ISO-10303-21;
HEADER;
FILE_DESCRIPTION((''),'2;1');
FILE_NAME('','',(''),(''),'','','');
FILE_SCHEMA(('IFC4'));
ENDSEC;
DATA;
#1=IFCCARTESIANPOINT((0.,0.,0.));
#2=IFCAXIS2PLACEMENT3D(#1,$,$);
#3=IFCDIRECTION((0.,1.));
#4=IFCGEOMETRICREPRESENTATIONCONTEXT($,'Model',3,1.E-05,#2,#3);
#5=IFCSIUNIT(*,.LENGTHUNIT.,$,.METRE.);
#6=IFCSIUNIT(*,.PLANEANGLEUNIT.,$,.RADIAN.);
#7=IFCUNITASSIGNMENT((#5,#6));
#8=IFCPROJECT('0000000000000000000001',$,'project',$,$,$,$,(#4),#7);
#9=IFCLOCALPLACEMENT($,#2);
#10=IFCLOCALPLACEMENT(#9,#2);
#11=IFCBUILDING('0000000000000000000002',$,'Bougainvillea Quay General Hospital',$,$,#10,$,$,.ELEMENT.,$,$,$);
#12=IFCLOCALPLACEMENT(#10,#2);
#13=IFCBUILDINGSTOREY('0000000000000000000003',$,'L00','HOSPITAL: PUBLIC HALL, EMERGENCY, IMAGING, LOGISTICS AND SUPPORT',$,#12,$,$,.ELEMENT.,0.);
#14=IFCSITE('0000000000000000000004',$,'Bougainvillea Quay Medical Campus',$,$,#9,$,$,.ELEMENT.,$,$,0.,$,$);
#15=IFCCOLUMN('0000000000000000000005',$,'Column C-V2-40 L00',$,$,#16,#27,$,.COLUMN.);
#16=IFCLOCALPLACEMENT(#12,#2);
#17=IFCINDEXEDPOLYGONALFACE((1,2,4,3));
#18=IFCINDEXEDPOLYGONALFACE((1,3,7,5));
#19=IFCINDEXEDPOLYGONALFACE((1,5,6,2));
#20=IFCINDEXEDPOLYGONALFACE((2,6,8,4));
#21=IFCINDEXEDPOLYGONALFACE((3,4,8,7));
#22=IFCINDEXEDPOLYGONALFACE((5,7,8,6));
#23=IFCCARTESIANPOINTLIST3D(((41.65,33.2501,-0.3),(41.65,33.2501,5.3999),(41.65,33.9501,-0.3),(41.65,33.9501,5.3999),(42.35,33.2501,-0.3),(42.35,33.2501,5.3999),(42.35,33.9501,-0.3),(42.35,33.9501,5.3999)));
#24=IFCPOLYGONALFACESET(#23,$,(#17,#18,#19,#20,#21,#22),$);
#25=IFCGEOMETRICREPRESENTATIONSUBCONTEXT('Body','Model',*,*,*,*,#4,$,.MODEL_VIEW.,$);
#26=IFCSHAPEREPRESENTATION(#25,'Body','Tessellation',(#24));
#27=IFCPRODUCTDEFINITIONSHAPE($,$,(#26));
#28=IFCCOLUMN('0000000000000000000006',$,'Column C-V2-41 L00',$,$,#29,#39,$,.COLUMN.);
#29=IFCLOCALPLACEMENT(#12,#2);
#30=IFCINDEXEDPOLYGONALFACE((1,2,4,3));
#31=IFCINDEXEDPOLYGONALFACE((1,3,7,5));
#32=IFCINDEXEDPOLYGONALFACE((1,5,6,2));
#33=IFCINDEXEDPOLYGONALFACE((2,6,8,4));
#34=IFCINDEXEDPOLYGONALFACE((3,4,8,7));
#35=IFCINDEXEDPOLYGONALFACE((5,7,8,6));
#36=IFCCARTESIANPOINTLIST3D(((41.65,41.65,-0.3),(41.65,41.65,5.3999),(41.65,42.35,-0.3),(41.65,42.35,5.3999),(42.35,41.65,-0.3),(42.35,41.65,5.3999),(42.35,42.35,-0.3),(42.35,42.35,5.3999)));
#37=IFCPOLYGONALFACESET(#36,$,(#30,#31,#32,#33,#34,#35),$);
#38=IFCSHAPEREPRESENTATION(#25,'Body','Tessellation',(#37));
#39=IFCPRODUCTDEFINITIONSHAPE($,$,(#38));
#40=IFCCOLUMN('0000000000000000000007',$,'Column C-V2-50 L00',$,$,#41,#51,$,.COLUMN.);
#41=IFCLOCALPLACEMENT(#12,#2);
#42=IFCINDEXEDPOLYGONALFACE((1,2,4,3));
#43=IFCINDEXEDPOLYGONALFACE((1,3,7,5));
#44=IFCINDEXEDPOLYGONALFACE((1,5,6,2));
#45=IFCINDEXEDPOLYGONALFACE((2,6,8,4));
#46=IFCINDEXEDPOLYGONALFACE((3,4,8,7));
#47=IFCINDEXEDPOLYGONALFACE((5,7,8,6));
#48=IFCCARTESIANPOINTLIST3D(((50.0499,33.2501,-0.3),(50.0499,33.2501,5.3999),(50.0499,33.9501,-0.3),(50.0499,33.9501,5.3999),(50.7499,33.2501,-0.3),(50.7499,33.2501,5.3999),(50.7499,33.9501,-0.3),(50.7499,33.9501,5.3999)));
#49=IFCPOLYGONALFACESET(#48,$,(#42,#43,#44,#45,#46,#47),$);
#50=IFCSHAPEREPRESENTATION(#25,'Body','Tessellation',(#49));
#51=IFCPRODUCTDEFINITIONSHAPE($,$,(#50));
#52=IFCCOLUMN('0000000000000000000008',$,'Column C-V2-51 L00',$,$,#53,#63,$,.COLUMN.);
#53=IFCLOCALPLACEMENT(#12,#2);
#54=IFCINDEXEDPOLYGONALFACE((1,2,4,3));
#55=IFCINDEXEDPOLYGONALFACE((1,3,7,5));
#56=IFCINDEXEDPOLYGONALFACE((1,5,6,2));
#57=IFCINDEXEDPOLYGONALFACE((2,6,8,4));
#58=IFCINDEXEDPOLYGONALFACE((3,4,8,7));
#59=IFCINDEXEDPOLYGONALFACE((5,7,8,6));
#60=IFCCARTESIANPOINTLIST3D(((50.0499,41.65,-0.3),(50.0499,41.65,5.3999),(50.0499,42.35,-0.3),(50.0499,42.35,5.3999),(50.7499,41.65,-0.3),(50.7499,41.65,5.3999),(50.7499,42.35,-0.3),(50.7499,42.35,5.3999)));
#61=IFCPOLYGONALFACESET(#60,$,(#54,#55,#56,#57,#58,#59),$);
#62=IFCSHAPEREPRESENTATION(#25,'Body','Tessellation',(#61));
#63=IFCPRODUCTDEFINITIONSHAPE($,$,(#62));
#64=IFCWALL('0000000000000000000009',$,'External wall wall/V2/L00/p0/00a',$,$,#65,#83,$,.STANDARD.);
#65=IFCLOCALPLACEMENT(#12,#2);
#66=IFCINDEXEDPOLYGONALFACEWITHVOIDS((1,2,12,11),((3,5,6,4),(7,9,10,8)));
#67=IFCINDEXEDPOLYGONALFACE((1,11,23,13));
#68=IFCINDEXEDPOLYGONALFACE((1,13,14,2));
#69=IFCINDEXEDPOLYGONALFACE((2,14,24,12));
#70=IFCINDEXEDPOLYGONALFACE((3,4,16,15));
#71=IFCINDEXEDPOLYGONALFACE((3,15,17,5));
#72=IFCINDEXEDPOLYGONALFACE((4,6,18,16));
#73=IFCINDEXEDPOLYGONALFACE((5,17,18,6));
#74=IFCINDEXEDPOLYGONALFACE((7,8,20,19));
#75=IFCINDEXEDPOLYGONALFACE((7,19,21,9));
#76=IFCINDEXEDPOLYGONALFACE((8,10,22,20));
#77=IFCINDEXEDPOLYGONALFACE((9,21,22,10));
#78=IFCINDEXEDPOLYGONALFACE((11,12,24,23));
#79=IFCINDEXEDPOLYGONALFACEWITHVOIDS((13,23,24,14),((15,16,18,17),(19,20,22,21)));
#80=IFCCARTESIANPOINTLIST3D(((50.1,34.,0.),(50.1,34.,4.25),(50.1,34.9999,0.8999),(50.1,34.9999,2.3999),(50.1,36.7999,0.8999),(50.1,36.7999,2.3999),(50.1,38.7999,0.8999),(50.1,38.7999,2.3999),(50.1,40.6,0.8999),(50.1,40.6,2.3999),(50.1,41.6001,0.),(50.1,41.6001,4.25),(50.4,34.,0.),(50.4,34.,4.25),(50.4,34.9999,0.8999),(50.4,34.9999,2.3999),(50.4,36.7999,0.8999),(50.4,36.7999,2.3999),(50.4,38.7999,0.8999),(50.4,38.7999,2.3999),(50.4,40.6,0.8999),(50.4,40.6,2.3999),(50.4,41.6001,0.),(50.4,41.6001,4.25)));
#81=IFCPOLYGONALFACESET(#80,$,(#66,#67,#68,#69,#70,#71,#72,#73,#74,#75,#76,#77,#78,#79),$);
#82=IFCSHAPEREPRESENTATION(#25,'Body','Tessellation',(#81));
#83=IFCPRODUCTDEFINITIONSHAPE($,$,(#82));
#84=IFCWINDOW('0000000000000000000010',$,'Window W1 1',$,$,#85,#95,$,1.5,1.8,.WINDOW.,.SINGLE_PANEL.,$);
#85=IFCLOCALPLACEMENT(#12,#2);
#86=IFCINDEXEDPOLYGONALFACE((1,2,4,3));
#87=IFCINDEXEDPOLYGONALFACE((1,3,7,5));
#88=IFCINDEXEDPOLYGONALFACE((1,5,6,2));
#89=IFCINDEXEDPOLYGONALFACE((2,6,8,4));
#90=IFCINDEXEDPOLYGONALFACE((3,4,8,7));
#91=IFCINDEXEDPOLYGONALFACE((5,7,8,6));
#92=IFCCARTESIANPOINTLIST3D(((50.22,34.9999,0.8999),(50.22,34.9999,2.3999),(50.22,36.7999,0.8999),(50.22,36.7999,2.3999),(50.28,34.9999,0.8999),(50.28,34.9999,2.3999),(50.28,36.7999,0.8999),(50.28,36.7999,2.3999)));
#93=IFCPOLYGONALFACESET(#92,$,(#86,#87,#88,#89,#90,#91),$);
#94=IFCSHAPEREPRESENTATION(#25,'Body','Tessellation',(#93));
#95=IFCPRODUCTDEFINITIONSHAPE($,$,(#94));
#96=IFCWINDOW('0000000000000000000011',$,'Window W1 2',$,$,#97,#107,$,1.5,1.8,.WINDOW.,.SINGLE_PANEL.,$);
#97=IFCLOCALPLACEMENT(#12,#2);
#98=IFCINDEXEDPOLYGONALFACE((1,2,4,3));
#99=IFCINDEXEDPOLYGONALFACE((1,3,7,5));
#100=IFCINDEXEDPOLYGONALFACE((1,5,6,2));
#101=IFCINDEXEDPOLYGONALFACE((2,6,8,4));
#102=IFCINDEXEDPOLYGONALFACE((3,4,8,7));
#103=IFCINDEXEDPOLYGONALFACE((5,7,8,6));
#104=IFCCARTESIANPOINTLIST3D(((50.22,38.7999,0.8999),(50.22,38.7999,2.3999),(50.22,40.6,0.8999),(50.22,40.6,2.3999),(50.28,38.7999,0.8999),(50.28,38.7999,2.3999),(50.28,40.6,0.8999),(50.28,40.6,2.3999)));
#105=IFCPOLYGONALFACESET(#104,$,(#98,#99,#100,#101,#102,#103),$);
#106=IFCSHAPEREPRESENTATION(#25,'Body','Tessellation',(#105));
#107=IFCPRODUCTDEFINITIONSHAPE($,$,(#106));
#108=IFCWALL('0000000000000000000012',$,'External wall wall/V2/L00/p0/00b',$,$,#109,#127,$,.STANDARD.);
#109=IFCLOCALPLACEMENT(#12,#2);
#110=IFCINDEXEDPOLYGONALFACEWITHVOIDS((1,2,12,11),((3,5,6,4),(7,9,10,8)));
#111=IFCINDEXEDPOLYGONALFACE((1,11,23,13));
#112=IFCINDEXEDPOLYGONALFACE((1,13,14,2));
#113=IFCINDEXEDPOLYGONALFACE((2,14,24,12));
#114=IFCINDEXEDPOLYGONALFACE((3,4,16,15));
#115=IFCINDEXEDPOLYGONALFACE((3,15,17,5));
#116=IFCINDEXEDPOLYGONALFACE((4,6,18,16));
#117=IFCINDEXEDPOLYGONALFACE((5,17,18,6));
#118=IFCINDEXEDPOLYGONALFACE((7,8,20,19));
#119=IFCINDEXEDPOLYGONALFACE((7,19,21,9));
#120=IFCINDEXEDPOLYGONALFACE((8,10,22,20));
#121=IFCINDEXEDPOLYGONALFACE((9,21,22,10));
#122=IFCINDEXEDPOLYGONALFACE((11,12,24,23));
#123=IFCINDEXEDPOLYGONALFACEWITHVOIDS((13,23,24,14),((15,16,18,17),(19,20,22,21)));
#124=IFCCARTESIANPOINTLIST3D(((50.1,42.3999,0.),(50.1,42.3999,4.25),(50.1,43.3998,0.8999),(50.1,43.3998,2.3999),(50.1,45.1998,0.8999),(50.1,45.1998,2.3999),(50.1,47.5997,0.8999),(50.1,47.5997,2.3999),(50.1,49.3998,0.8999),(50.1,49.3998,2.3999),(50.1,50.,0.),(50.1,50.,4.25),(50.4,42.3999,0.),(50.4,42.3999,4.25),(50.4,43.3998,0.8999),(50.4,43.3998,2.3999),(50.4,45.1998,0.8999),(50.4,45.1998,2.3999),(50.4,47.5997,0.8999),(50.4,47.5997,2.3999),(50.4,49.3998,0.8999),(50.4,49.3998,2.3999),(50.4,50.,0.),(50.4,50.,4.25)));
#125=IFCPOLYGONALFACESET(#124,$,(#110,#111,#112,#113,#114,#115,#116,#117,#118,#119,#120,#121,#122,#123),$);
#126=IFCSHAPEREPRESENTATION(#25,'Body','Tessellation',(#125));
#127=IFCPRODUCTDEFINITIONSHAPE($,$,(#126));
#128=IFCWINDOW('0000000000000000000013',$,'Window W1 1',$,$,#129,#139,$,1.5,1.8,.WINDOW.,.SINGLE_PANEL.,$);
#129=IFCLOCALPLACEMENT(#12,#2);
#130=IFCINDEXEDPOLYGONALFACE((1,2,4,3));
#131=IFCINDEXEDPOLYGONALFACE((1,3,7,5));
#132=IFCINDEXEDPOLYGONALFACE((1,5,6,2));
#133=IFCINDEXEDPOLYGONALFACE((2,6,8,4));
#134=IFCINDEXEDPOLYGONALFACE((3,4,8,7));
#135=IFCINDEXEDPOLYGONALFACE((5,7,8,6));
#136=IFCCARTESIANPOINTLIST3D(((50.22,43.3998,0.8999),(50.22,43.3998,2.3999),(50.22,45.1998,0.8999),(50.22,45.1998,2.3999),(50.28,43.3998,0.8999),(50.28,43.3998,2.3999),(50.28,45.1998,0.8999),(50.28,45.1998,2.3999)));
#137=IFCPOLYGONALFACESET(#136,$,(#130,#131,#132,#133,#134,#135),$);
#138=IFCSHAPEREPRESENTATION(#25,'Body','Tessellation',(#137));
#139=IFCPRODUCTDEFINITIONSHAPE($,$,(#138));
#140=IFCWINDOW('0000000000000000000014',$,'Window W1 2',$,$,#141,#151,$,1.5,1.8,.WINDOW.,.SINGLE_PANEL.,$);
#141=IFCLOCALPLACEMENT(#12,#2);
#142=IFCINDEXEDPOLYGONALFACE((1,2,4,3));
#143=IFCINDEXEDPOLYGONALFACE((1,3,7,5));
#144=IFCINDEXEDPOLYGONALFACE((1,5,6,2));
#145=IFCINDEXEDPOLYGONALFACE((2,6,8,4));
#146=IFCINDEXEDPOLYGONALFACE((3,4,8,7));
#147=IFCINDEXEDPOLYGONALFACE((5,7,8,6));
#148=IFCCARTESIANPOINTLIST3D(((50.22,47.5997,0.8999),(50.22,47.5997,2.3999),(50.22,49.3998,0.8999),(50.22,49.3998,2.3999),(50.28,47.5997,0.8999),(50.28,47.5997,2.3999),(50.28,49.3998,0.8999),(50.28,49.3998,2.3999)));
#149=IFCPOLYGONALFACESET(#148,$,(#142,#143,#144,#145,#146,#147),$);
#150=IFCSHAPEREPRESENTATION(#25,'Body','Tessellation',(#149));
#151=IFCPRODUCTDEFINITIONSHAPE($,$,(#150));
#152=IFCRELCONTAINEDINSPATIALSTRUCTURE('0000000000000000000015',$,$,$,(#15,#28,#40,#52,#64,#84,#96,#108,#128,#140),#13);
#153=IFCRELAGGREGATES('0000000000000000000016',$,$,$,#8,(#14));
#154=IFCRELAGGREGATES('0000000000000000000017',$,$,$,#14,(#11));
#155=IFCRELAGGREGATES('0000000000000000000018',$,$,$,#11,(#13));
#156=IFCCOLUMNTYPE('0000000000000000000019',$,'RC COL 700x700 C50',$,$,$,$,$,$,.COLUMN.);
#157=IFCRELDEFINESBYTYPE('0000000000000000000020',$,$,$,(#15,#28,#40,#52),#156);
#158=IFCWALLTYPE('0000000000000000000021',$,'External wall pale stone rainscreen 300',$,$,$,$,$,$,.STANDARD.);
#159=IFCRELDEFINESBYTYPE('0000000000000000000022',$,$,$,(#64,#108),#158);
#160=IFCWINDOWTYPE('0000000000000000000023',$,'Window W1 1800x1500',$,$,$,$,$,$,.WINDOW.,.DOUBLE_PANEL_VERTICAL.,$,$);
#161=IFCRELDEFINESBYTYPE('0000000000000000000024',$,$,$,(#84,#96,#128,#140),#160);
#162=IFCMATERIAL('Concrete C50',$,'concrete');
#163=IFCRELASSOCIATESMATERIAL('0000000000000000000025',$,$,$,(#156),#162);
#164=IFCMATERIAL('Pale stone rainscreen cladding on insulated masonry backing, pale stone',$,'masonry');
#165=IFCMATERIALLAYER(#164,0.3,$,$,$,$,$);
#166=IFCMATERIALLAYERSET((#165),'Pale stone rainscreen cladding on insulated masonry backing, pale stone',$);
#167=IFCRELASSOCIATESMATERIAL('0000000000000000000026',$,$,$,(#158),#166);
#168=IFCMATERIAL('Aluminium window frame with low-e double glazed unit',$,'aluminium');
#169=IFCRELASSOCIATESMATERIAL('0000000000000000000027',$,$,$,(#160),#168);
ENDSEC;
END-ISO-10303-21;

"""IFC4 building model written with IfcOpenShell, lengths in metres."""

from ifc_helpers import new_model, si_unit, direction, frame, frame_2d, origin, origin_2d, place, context, subcontext, project, spatial, rectangle, extrude, material, layer, layer_set, material_profile, profile_set, type_object, element, fill, save


model = new_model("IFC4")

# Units and contexts
model_context = context("Model", 3, precision=1e-05, world=origin(), true_north=direction((0.0, 1.0)))
body_context = subcontext(model_context, "Body", "Model", "MODEL_VIEW")
ifc_project = project(units=[si_unit("LENGTHUNIT", "METRE"), si_unit("PLANEANGLEUNIT", "RADIAN")], contexts=[model_context])

# Site, building, storey
site_placement = place(None, origin())
site = spatial("IfcSite", under=ifc_project, at=site_placement, Name="Bougainvillea Quay Medical Campus", CompositionType="ELEMENT", RefElevation=0.0)
building_placement = place(site_placement, origin())
building = spatial("IfcBuilding", under=site, at=building_placement, Name="Bougainvillea Quay General Hospital", CompositionType="ELEMENT")
storey_placement = place(building_placement, origin())
storey = spatial("IfcBuildingStorey", under=building, at=storey_placement, Name="L00", Description="HOSPITAL: PUBLIC HALL, EMERGENCY, IMAGING, LOGISTICS AND SUPPORT", CompositionType="ELEMENT", Elevation=0.0)

# Columns
ifc_material_1 = material(Name="Concrete C50", Category="concrete")
ifc_material_profile_1 = material_profile(ifc_material_1, rectangle(XDim=0.7, YDim=0.7, at=origin_2d()))
ifc_profile_set_1 = profile_set([ifc_material_profile_1], Name="Concrete C50")
column_type = type_object("IfcColumnType", Name="RC COL 700x700 C50", PredefinedType="COLUMN", material=ifc_profile_set_1)
for number, where, z_axis, x_axis, name in (
    (1, (42.0, 33.6001, -0.3), (0.0, 0.0, 1.0), (1.0, 0.0, 0.0), "Column C-V2-40 L00"),
    (2, (42.0, 42.0, -0.3), (0.0, 0.0, 1.0), (1.0, 0.0, 0.0), "Column C-V2-41 L00"),
    (3, (50.3999, 33.6001, -0.3), (0.0, 0.0, 1.0), (1.0, 0.0, 0.0), "Column C-V2-50 L00"),
    (4, (50.3999, 42.0, -0.3), (0.0, 0.0, 1.0), (1.0, 0.0, 0.0), "Column C-V2-51 L00"),
):
    element("IfcColumn", number, at=place(storey_placement, frame(where, z_axis=z_axis, x_axis=x_axis)), inside=storey, type_object=column_type, Name=name, PredefinedType="COLUMN", context=body_context, shape_type="SweptSolid", body=[
        extrude(rectangle(XDim=0.7, YDim=0.7, at=origin_2d()), origin(), (0.0, 0.0, 1.0), 5.7),
    ])

# Walls, openings, windows
ifc_material_2 = material(Name="Pale stone rainscreen cladding on insulated masonry backing, pale stone", Category="masonry")
ifc_layer_1 = layer(ifc_material_2, 0.3)
ifc_layer_set_1 = layer_set([ifc_layer_1], Name="Pale stone rainscreen cladding on insulated masonry backing, pale stone")
wall_type_1 = type_object("IfcWallType", Name="External wall pale stone rainscreen 300", PredefinedType="STANDARD", material=ifc_layer_set_1)
wall_1_placement = place(storey_placement, frame((50.25, 34.0, 0.0), z_axis=(0.0, 0.0, 1.0), x_axis=(0.0, 1.0, 0.0)))
wall_1 = element("IfcWall", 5, at=wall_1_placement, inside=storey, type_object=wall_type_1, Name="External wall wall/V2/L00/p0/00a", PredefinedType="STANDARD", context=body_context, shape_type="SweptSolid", body=[
    extrude(rectangle(XDim=7.6001, YDim=0.3, at=frame_2d((3.8, 0.0))), origin(), (0.0, 0.0, 1.0), 4.25),
])
opening_1_placement = place(wall_1_placement, frame((1.0, 0.0, 0.8999)))
opening_1 = element("IfcOpeningElement", 6, at=opening_1_placement, cuts=wall_1, PredefinedType="OPENING", context=body_context, shape_type="SweptSolid", body=[
    extrude(rectangle(XDim=1.8, YDim=1.5, at=frame_2d((0.8999, 0.75))), frame((0.0, 0.1599, 0.0), z_axis=(0.0, -1.0, 0.0), x_axis=(1.0, 0.0, 0.0)), (0.0, 0.0, 1.0), 0.3201),
])
opening_2_placement = place(wall_1_placement, frame((4.8, 0.0, 0.8999)))
opening_2 = element("IfcOpeningElement", 7, at=opening_2_placement, cuts=wall_1, PredefinedType="OPENING", context=body_context, shape_type="SweptSolid", body=[
    extrude(rectangle(XDim=1.8, YDim=1.5, at=frame_2d((0.8999, 0.75))), frame((0.0, 0.1599, 0.0), z_axis=(0.0, -1.0, 0.0), x_axis=(1.0, 0.0, 0.0)), (0.0, 0.0, 1.0), 0.3201),
])
ifc_material_3 = material(Name="Aluminium window frame with low-e double glazed unit", Category="aluminium")
window_type = type_object("IfcWindowType", Name="Window W1 1800x1500", PartitioningType="DOUBLE_PANEL_VERTICAL", PredefinedType="WINDOW", material=ifc_material_3)
window_1_placement = place(opening_1_placement, origin())
window_1 = element("IfcWindow", 8, at=window_1_placement, inside=storey, type_object=window_type, Name="Window W1 1", OverallHeight=1.5, OverallWidth=1.8, PartitioningType="SINGLE_PANEL", PredefinedType="WINDOW", context=body_context, shape_type="SweptSolid", body=[
    extrude(rectangle(XDim=1.8, YDim=1.5, at=frame_2d((0.8999, 0.75))), frame((0.0, 0.03, 0.0), z_axis=(0.0, -1.0, 0.0), x_axis=(1.0, 0.0, 0.0)), (0.0, 0.0, 1.0), 0.0601),
])
fill(opening_1, window_1)
window_2_placement = place(opening_2_placement, origin())
window_2 = element("IfcWindow", 9, at=window_2_placement, inside=storey, type_object=window_type, Name="Window W1 2", OverallHeight=1.5, OverallWidth=1.8, PartitioningType="SINGLE_PANEL", PredefinedType="WINDOW", context=body_context, shape_type="SweptSolid", body=[
    extrude(rectangle(XDim=1.8, YDim=1.5, at=frame_2d((0.8999, 0.75))), frame((0.0, 0.03, 0.0), z_axis=(0.0, -1.0, 0.0), x_axis=(1.0, 0.0, 0.0)), (0.0, 0.0, 1.0), 0.0601),
])
fill(opening_2, window_2)
wall_2_placement = place(storey_placement, frame((50.25, 42.3999, 0.0), z_axis=(0.0, 0.0, 1.0), x_axis=(0.0, 1.0, 0.0)))
wall_2 = element("IfcWall", 10, at=wall_2_placement, inside=storey, type_object=wall_type_1, Name="External wall wall/V2/L00/p0/00b", PredefinedType="STANDARD", context=body_context, shape_type="SweptSolid", body=[
    extrude(rectangle(XDim=7.6001, YDim=0.3, at=frame_2d((3.8, 0.0))), origin(), (0.0, 0.0, 1.0), 4.25),
])
opening_3_placement = place(wall_2_placement, frame((1.0, 0.0, 0.8999)))
opening_3 = element("IfcOpeningElement", 11, at=opening_3_placement, cuts=wall_2, PredefinedType="OPENING", context=body_context, shape_type="SweptSolid", body=[
    extrude(rectangle(XDim=1.8, YDim=1.5, at=frame_2d((0.8999, 0.75))), frame((0.0, 0.1599, 0.0), z_axis=(0.0, -1.0, 0.0), x_axis=(1.0, 0.0, 0.0)), (0.0, 0.0, 1.0), 0.3201),
])
opening_4_placement = place(wall_2_placement, frame((5.2, 0.0, 0.8999)))
opening_4 = element("IfcOpeningElement", 12, at=opening_4_placement, cuts=wall_2, PredefinedType="OPENING", context=body_context, shape_type="SweptSolid", body=[
    extrude(rectangle(XDim=1.8, YDim=1.5, at=frame_2d((0.8999, 0.75))), frame((0.0, 0.1599, 0.0), z_axis=(0.0, -1.0, 0.0), x_axis=(1.0, 0.0, 0.0)), (0.0, 0.0, 1.0), 0.3201),
])
window_3_placement = place(opening_3_placement, origin())
window_3 = element("IfcWindow", 13, at=window_3_placement, inside=storey, type_object=window_type, Name="Window W1 1", OverallHeight=1.5, OverallWidth=1.8, PartitioningType="SINGLE_PANEL", PredefinedType="WINDOW", context=body_context, shape_type="SweptSolid", body=[
    extrude(rectangle(XDim=1.8, YDim=1.5, at=frame_2d((0.8999, 0.75))), frame((0.0, 0.03, 0.0), z_axis=(0.0, -1.0, 0.0), x_axis=(1.0, 0.0, 0.0)), (0.0, 0.0, 1.0), 0.0601),
])
fill(opening_3, window_3)
window_4_placement = place(opening_4_placement, origin())
window_4 = element("IfcWindow", 14, at=window_4_placement, inside=storey, type_object=window_type, Name="Window W1 2", OverallHeight=1.5, OverallWidth=1.8, PartitioningType="SINGLE_PANEL", PredefinedType="WINDOW", context=body_context, shape_type="SweptSolid", body=[
    extrude(rectangle(XDim=1.8, YDim=1.5, at=frame_2d((0.8999, 0.75))), frame((0.0, 0.03, 0.0), z_axis=(0.0, -1.0, 0.0), x_axis=(1.0, 0.0, 0.0)), (0.0, 0.0, 1.0), 0.0601),
])
fill(opening_4, window_4)

save(model, "model.ifc")
